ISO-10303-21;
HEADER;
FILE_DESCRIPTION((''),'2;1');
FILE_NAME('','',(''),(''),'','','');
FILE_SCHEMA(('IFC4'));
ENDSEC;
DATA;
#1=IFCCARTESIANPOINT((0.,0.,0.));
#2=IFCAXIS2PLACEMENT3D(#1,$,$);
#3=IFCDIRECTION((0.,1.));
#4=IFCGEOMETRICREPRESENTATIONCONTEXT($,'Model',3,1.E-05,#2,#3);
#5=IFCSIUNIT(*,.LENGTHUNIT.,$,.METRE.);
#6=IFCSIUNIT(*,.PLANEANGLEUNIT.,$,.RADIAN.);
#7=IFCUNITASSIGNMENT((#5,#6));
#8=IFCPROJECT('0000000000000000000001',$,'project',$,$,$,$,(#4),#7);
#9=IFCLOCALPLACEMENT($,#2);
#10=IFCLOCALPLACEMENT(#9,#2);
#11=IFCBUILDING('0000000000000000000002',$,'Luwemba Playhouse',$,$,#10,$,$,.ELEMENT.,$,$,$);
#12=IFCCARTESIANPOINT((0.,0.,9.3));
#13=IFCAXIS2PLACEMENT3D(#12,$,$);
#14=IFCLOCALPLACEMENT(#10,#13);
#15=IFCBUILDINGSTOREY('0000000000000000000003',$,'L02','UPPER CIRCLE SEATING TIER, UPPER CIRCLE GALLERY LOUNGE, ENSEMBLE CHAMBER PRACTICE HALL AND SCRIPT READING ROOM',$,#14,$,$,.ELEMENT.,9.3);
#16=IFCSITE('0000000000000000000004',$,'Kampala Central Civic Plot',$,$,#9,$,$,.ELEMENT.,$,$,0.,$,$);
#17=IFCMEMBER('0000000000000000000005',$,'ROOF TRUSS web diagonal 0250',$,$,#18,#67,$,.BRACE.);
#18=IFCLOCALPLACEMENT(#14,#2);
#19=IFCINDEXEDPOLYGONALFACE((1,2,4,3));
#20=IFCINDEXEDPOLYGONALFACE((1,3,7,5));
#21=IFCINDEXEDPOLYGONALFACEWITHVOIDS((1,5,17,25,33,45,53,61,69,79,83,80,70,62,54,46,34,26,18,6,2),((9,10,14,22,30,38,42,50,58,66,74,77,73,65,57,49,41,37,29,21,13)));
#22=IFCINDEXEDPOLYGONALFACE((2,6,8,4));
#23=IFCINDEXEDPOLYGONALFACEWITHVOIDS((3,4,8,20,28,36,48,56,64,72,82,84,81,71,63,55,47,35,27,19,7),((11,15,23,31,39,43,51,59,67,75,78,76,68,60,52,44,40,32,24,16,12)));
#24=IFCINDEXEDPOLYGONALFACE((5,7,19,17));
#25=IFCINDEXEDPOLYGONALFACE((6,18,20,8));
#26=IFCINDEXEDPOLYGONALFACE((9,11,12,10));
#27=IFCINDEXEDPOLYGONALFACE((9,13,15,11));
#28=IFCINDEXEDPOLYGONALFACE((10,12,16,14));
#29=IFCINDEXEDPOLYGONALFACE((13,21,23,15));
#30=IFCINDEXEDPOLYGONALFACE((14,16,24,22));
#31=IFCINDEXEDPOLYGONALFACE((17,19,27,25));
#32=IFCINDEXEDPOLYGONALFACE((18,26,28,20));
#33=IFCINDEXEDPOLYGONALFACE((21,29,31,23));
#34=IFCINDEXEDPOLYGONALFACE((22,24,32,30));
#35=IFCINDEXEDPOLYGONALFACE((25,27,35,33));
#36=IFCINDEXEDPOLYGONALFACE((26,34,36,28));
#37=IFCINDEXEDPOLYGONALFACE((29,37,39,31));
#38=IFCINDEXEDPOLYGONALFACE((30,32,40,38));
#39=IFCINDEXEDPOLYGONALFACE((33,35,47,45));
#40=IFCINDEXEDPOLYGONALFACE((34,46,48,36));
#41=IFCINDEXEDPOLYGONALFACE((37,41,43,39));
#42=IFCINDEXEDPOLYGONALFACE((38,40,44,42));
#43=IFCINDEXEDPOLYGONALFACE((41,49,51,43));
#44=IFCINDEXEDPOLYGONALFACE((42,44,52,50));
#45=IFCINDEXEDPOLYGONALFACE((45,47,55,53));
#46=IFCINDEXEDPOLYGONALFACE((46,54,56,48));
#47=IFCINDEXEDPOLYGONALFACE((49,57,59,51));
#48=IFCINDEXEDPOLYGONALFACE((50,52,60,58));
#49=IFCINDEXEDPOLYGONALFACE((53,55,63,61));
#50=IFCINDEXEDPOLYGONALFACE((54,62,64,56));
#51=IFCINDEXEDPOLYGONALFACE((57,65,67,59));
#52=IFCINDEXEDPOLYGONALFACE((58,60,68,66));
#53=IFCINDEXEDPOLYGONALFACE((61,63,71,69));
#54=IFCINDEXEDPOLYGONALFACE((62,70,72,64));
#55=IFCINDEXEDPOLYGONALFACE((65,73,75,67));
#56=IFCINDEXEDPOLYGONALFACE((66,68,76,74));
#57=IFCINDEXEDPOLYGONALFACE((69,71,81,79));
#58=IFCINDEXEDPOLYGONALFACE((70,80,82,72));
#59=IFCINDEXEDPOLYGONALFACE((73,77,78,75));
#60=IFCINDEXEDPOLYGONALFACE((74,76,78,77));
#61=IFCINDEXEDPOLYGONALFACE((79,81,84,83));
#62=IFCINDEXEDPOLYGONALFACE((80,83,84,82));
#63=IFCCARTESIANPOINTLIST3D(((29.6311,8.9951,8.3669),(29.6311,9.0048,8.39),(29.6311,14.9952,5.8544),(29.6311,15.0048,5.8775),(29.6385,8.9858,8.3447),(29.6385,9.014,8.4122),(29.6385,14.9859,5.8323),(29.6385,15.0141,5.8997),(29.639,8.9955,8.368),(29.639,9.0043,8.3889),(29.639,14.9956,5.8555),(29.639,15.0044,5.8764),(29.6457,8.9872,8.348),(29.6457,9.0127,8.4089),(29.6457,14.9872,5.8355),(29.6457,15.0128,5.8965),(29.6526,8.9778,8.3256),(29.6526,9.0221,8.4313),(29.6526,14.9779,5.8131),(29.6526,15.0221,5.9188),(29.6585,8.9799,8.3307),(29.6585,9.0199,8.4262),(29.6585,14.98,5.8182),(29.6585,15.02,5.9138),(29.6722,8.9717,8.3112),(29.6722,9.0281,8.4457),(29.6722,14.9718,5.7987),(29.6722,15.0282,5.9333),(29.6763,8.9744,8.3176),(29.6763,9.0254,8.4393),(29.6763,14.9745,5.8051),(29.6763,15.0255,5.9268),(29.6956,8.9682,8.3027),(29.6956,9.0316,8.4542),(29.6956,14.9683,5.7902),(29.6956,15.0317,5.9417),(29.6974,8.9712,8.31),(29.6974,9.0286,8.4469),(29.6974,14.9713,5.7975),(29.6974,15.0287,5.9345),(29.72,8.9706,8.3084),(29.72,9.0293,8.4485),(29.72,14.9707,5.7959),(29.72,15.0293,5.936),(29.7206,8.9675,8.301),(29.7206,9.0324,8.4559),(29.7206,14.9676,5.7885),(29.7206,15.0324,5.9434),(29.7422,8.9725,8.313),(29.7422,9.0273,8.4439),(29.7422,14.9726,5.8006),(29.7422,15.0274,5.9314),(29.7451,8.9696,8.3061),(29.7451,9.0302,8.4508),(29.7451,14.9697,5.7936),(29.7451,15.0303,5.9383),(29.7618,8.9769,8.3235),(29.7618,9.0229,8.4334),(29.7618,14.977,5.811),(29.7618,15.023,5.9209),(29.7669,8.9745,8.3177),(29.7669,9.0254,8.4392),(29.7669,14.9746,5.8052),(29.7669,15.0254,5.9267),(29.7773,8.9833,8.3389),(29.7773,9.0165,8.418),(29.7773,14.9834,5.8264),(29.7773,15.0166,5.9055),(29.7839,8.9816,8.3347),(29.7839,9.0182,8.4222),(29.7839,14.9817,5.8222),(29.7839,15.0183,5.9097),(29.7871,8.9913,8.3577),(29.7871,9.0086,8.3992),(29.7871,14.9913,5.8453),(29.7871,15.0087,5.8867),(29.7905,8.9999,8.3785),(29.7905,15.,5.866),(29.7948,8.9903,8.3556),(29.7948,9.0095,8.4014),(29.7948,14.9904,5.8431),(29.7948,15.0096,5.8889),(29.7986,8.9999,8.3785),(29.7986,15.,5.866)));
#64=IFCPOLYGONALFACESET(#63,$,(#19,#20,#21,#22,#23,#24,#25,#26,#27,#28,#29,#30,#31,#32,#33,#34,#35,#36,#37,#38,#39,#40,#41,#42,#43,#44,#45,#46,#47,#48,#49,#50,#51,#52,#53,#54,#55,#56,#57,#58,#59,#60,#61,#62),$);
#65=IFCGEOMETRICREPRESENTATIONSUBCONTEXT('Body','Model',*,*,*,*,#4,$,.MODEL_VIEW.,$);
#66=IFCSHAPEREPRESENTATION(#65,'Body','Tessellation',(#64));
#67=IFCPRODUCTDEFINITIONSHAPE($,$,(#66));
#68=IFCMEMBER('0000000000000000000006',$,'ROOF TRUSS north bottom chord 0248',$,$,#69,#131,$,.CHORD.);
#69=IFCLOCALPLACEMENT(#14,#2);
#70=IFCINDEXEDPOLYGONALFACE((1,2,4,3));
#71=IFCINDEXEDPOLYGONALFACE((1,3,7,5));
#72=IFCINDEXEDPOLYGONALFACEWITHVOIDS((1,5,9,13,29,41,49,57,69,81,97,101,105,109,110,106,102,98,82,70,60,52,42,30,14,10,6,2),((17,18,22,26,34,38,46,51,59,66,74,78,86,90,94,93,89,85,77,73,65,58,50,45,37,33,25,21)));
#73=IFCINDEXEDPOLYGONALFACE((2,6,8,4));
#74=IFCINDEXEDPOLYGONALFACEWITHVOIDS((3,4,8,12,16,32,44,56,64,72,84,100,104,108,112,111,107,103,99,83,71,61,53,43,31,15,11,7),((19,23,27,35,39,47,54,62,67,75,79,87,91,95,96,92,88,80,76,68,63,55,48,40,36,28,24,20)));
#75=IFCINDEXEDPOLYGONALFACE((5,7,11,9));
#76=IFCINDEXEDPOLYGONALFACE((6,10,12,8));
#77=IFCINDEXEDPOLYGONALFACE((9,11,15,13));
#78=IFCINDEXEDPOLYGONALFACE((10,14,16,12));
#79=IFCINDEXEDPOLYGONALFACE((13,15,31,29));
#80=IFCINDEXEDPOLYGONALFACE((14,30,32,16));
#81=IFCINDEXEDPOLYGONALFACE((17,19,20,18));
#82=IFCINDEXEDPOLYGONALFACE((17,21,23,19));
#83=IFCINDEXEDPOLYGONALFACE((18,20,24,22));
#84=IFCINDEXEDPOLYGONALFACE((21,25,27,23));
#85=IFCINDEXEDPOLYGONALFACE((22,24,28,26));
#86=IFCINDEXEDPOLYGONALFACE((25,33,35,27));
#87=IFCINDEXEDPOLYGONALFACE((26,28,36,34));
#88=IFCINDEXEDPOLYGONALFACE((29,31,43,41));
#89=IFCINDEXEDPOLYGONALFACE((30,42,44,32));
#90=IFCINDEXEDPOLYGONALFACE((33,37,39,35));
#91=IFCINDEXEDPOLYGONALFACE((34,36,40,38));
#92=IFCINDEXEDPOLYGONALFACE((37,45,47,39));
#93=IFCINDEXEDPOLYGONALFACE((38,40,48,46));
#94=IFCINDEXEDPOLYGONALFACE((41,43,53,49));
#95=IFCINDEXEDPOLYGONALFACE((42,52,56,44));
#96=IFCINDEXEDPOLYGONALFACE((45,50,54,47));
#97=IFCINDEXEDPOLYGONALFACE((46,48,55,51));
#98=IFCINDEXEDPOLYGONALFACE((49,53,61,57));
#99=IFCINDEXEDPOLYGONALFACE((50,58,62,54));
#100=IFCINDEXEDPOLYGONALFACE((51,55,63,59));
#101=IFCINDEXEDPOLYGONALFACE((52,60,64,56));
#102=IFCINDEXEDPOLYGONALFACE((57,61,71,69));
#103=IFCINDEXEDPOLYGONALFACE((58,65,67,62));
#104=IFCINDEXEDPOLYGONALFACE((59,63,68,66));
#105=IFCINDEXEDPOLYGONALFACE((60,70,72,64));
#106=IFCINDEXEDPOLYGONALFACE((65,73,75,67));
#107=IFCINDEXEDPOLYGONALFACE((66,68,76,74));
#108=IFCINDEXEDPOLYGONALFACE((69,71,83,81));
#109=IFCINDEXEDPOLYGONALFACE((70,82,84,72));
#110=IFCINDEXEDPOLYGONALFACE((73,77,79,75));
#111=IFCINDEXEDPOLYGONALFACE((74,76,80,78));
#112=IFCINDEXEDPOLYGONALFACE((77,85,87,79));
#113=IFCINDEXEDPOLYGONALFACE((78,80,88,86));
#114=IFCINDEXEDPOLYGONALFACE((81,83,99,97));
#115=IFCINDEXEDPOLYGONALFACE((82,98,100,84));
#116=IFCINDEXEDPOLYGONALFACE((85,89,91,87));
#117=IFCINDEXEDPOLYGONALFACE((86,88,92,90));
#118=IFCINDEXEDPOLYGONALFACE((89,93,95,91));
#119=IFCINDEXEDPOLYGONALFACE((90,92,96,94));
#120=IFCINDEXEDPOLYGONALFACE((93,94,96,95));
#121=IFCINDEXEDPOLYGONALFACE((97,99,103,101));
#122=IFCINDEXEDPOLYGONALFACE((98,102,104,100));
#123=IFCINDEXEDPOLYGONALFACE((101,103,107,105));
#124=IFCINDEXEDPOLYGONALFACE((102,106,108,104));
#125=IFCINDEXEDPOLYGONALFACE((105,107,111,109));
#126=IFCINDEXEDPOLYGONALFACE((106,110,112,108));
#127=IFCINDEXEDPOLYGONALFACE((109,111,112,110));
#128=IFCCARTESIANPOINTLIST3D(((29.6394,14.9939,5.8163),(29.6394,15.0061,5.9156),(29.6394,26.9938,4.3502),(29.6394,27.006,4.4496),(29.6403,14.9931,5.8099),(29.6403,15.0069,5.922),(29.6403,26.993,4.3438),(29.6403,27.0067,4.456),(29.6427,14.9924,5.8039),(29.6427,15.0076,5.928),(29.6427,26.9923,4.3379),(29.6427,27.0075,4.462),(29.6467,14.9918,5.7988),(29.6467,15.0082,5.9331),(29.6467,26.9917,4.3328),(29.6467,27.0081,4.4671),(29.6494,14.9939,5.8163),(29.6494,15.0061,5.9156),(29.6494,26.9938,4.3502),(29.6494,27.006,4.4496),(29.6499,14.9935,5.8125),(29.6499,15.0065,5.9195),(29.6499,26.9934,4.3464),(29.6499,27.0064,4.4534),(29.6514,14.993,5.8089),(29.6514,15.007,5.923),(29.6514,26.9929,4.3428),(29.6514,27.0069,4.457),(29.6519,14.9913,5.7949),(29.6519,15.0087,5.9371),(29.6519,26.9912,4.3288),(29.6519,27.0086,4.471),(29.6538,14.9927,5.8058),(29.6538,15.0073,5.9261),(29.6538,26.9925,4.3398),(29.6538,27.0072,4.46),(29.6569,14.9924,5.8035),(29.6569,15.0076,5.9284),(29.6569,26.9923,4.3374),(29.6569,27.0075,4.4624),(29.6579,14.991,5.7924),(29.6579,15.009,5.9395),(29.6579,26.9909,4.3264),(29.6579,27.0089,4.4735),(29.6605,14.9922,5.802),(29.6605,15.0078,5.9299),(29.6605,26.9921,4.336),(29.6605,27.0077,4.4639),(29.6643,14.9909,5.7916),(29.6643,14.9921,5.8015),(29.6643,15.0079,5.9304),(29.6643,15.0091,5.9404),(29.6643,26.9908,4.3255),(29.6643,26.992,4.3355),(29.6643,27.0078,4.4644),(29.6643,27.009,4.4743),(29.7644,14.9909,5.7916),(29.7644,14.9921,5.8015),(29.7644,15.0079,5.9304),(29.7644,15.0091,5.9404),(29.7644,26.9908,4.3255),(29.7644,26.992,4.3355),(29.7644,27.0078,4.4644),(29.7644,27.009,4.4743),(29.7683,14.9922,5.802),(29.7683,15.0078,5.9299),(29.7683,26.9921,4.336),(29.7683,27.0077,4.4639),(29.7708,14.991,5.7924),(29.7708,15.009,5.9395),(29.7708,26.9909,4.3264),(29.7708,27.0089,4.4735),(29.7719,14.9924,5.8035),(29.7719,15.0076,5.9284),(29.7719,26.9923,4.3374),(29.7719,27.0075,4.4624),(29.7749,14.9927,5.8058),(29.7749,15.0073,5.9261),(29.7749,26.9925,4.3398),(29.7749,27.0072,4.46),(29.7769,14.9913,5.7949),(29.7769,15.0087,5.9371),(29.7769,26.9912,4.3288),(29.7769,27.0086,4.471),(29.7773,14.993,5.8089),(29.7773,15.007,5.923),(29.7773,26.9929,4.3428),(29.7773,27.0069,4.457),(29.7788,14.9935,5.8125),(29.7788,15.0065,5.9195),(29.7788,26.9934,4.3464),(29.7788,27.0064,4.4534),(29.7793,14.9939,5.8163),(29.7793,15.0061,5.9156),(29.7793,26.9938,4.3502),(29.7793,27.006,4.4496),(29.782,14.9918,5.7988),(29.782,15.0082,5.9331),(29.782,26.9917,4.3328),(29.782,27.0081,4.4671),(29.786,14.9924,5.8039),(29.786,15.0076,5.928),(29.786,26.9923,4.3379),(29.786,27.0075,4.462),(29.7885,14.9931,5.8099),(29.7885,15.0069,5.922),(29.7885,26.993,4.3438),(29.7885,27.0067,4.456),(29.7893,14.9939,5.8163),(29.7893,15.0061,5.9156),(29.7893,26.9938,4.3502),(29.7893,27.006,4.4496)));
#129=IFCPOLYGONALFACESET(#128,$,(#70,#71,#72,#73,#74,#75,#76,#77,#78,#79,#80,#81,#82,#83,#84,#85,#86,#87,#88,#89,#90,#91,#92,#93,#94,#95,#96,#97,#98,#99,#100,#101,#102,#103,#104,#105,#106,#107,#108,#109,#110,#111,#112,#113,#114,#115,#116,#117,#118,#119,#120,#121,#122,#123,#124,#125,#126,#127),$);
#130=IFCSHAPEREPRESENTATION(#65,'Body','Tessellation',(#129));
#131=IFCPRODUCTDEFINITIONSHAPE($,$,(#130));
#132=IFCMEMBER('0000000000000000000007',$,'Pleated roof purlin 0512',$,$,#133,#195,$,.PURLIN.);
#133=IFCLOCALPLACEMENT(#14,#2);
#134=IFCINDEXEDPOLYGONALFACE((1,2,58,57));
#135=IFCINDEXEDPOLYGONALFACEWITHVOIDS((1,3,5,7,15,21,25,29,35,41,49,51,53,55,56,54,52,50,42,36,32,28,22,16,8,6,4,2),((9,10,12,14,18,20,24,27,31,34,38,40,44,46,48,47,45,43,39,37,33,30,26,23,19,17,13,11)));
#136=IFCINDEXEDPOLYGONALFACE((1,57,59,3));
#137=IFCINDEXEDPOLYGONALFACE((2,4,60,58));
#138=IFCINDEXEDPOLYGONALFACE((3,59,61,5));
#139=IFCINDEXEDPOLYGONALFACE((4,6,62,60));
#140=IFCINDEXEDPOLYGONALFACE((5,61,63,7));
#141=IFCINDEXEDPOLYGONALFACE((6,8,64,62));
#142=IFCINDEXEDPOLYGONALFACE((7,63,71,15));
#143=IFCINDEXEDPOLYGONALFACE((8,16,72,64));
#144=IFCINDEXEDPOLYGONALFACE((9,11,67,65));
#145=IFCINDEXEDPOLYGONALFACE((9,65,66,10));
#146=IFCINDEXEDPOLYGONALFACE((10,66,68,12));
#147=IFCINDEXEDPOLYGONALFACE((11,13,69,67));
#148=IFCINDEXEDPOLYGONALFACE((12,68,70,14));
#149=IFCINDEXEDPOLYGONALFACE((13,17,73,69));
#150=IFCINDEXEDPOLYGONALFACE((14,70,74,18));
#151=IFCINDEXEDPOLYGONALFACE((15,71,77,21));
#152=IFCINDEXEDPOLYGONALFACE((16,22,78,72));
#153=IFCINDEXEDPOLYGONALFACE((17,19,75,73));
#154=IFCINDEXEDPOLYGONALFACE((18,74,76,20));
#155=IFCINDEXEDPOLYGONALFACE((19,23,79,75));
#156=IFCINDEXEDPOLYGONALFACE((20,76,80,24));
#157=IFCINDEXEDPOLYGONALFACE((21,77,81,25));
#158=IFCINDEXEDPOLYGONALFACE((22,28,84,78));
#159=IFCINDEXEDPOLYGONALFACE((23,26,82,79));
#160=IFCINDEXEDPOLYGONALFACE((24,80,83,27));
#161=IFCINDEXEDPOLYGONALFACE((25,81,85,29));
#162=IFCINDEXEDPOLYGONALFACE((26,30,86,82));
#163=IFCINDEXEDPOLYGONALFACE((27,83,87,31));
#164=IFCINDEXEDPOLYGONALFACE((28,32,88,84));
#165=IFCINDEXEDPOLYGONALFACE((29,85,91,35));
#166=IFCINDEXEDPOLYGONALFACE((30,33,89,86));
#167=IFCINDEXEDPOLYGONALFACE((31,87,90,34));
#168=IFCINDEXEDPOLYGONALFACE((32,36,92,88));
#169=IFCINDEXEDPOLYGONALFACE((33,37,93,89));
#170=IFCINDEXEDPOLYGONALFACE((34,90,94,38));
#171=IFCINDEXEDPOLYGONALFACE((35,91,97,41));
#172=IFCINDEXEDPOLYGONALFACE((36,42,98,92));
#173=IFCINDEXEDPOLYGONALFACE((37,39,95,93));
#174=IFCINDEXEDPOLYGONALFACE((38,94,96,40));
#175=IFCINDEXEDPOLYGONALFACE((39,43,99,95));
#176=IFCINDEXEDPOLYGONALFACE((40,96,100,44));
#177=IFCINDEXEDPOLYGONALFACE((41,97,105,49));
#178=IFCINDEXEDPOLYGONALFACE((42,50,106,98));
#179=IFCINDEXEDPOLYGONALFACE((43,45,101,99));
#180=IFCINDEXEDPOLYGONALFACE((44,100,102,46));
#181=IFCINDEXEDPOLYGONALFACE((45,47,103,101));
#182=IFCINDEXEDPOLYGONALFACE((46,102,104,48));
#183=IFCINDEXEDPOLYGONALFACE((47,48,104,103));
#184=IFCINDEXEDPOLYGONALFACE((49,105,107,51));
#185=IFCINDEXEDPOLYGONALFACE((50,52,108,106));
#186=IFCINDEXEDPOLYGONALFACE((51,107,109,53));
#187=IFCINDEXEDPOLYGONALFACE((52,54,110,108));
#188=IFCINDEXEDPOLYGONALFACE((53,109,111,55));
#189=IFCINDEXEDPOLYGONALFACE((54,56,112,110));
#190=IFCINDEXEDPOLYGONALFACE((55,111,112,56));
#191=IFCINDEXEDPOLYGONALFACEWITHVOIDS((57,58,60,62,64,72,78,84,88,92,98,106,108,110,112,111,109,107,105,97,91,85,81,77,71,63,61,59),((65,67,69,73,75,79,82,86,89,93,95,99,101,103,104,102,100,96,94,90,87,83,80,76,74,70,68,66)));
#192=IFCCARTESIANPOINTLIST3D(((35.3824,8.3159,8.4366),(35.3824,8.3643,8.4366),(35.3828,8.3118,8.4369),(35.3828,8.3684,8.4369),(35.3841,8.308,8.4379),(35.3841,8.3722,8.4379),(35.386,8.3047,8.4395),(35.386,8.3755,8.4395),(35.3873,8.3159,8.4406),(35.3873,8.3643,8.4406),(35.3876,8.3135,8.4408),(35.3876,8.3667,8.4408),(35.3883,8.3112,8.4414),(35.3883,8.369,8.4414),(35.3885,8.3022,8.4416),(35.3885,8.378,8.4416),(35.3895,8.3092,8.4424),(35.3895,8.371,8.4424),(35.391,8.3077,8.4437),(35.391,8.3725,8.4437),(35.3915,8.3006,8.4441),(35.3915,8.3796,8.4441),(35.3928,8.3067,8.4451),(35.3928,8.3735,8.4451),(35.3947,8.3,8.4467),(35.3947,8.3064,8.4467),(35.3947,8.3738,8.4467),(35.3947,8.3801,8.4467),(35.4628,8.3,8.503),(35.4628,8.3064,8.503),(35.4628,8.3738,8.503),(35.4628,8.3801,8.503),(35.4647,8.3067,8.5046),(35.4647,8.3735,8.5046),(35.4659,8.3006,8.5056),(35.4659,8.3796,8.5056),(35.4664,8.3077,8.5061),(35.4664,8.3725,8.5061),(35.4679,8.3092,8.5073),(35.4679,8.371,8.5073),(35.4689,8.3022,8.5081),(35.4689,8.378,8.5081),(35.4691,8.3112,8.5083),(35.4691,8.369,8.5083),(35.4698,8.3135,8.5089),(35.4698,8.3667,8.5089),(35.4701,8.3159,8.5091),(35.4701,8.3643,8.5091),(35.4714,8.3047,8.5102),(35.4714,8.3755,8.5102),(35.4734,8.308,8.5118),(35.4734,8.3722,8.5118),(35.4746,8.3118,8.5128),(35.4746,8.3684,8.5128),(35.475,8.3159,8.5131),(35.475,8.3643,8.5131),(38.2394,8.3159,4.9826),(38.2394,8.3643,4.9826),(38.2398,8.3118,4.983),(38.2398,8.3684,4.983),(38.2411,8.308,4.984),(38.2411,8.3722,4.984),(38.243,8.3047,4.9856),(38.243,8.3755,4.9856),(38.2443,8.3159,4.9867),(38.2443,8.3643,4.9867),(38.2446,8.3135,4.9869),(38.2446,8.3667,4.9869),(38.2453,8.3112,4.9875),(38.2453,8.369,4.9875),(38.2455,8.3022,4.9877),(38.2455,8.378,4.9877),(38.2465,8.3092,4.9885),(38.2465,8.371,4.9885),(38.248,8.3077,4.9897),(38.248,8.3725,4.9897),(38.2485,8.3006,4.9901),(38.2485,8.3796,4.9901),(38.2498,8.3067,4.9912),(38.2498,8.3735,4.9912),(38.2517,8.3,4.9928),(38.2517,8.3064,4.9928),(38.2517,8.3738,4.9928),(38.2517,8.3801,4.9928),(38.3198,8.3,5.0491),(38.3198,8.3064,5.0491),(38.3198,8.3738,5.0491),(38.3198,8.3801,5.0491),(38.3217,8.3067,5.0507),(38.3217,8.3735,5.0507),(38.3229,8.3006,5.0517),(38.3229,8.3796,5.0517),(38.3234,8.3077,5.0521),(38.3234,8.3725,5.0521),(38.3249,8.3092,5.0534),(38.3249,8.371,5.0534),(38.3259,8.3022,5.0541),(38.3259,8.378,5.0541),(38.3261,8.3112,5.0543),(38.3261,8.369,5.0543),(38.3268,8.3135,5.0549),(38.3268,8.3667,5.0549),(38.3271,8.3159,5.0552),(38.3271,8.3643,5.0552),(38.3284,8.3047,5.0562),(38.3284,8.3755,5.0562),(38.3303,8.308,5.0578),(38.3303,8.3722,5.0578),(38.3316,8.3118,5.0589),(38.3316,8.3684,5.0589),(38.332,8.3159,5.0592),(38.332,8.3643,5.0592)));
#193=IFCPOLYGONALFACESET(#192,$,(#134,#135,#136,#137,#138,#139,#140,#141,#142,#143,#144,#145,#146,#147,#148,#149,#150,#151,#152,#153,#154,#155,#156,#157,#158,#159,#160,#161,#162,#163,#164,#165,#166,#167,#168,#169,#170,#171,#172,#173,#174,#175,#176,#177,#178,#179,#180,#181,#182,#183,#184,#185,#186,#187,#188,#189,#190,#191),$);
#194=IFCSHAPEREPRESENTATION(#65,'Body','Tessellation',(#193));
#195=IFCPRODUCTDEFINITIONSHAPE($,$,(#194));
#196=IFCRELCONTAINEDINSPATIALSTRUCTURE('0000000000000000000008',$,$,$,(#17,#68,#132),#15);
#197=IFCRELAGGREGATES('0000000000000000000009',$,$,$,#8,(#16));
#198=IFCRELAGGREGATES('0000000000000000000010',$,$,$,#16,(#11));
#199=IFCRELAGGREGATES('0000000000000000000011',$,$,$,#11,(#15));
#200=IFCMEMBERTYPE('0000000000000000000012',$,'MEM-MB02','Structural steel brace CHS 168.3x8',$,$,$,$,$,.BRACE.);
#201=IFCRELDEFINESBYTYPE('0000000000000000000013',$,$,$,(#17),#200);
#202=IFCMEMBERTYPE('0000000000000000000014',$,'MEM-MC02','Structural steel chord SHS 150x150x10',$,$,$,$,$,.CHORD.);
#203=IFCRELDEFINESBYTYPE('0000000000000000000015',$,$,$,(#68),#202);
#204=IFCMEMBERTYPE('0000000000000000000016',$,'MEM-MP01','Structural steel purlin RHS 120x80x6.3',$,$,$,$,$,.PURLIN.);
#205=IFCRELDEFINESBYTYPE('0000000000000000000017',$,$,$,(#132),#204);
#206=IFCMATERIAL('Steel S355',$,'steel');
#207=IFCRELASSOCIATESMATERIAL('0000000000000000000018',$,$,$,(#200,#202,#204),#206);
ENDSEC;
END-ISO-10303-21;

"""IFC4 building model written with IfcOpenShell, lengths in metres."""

from ifc_helpers import new_model, si_unit, direction, frame, origin, origin_2d, place, context, subcontext, project, spatial, hollow_rectangle, hollow_circle, extrude, material, material_profile, profile_set, type_object, element, save


model = new_model("IFC4")

# Units and contexts
model_context = context("Model", 3, precision=1e-05, world=origin(), true_north=direction((0.0, 1.0)))
body_context = subcontext(model_context, "Body", "Model", "MODEL_VIEW")
ifc_project = project(units=[si_unit("LENGTHUNIT", "METRE"), si_unit("PLANEANGLEUNIT", "RADIAN")], contexts=[model_context])

# Site, building, storey
site_placement = place(None, origin())
site = spatial("IfcSite", under=ifc_project, at=site_placement, Name="Kampala Central Civic Plot", CompositionType="ELEMENT", RefElevation=0.0)
building_placement = place(site_placement, origin())
building = spatial("IfcBuilding", under=site, at=building_placement, Name="Luwemba Playhouse", CompositionType="ELEMENT")
storey_placement = place(building_placement, frame((0.0, 0.0, 9.3)))
storey = spatial("IfcBuildingStorey", under=building, at=storey_placement, Name="L02", Description="UPPER CIRCLE SEATING TIER, UPPER CIRCLE GALLERY LOUNGE, ENSEMBLE CHAMBER PRACTICE HALL AND SCRIPT READING ROOM", CompositionType="ELEMENT", Elevation=9.3)

# Shared definitions
ifc_material_1 = material(Name="Steel S355", Category="steel")

# Members
ifc_material_profile_1 = material_profile(ifc_material_1, hollow_circle(Radius=0.0842, WallThickness=0.0081, at=origin_2d()))
ifc_profile_set_1 = profile_set([ifc_material_profile_1], Name="Steel S355")
member_type_1 = type_object("IfcMemberType", Name="MEM-MB02", Description="Structural steel brace CHS 168.3x8", PredefinedType="BRACE", material=ifc_profile_set_1)
member_1_placement = place(storey_placement, frame((29.7144, 15.0, 5.866), z_axis=(0.0, -0.922396, 0.386246), x_axis=(1.0, 0.0, 0.0)))
element("IfcMember", 1, at=member_1_placement, inside=storey, type_object=member_type_1, Name="ROOF TRUSS web diagonal 0250", PredefinedType="BRACE", context=body_context, shape_type="SweptSolid", body=[
    extrude(hollow_circle(Radius=0.0842, WallThickness=0.0081, at=origin_2d()), origin(), (0.0, 0.0, 1.0), 6.5049),
])
ifc_material_profile_2 = material_profile(ifc_material_1, hollow_rectangle(XDim=0.1499, YDim=0.1499, WallThickness=0.01, InnerFilletRadius=0.0149, OuterFilletRadius=0.0249, at=origin_2d()))
ifc_profile_set_2 = profile_set([ifc_material_profile_2], Name="Steel S355")
member_type_2 = type_object("IfcMemberType", Name="MEM-MC02", Description="Structural steel chord SHS 150x150x10", PredefinedType="CHORD", material=ifc_profile_set_2)
member_2_placement = place(storey_placement, frame((29.7144, 15.0, 5.866), z_axis=(0.0, 0.99262, -0.12127), x_axis=(-1.0, 0.0, 0.0)))
element("IfcMember", 2, at=member_2_placement, inside=storey, type_object=member_type_2, Name="ROOF TRUSS north bottom chord 0248", PredefinedType="CHORD", context=body_context, shape_type="SweptSolid", body=[
    extrude(hollow_rectangle(XDim=0.1499, YDim=0.1499, WallThickness=0.01, InnerFilletRadius=0.0149, OuterFilletRadius=0.0249, at=origin_2d()), origin(), (0.0, 0.0, 1.0), 12.0891),
])
ifc_material_profile_3 = material_profile(ifc_material_1, hollow_rectangle(XDim=0.0801, YDim=0.1201, WallThickness=0.0063, InnerFilletRadius=0.0095, OuterFilletRadius=0.0159, at=origin_2d()))
ifc_profile_set_3 = profile_set([ifc_material_profile_3], Name="Steel S355")
member_type_3 = type_object("IfcMemberType", Name="MEM-MP01", Description="Structural steel purlin RHS 120x80x6.3", PredefinedType="PURLIN", material=ifc_profile_set_3)
member_3_placement = place(storey_placement, frame((35.4287, 8.3401, 8.4749), z_axis=(0.637378, 0.0, -0.770551), x_axis=(0.0, 1.0, 0.0)))
element("IfcMember", 3, at=member_3_placement, inside=storey, type_object=member_type_3, Name="Pleated roof purlin 0512", PredefinedType="PURLIN", context=body_context, shape_type="SweptSolid", body=[
    extrude(hollow_rectangle(XDim=0.0801, YDim=0.1201, WallThickness=0.0063, InnerFilletRadius=0.0095, OuterFilletRadius=0.0159, at=origin_2d()), origin(), (0.0, 0.0, 1.0), 4.4824),
])

save(model, "model.ifc")
